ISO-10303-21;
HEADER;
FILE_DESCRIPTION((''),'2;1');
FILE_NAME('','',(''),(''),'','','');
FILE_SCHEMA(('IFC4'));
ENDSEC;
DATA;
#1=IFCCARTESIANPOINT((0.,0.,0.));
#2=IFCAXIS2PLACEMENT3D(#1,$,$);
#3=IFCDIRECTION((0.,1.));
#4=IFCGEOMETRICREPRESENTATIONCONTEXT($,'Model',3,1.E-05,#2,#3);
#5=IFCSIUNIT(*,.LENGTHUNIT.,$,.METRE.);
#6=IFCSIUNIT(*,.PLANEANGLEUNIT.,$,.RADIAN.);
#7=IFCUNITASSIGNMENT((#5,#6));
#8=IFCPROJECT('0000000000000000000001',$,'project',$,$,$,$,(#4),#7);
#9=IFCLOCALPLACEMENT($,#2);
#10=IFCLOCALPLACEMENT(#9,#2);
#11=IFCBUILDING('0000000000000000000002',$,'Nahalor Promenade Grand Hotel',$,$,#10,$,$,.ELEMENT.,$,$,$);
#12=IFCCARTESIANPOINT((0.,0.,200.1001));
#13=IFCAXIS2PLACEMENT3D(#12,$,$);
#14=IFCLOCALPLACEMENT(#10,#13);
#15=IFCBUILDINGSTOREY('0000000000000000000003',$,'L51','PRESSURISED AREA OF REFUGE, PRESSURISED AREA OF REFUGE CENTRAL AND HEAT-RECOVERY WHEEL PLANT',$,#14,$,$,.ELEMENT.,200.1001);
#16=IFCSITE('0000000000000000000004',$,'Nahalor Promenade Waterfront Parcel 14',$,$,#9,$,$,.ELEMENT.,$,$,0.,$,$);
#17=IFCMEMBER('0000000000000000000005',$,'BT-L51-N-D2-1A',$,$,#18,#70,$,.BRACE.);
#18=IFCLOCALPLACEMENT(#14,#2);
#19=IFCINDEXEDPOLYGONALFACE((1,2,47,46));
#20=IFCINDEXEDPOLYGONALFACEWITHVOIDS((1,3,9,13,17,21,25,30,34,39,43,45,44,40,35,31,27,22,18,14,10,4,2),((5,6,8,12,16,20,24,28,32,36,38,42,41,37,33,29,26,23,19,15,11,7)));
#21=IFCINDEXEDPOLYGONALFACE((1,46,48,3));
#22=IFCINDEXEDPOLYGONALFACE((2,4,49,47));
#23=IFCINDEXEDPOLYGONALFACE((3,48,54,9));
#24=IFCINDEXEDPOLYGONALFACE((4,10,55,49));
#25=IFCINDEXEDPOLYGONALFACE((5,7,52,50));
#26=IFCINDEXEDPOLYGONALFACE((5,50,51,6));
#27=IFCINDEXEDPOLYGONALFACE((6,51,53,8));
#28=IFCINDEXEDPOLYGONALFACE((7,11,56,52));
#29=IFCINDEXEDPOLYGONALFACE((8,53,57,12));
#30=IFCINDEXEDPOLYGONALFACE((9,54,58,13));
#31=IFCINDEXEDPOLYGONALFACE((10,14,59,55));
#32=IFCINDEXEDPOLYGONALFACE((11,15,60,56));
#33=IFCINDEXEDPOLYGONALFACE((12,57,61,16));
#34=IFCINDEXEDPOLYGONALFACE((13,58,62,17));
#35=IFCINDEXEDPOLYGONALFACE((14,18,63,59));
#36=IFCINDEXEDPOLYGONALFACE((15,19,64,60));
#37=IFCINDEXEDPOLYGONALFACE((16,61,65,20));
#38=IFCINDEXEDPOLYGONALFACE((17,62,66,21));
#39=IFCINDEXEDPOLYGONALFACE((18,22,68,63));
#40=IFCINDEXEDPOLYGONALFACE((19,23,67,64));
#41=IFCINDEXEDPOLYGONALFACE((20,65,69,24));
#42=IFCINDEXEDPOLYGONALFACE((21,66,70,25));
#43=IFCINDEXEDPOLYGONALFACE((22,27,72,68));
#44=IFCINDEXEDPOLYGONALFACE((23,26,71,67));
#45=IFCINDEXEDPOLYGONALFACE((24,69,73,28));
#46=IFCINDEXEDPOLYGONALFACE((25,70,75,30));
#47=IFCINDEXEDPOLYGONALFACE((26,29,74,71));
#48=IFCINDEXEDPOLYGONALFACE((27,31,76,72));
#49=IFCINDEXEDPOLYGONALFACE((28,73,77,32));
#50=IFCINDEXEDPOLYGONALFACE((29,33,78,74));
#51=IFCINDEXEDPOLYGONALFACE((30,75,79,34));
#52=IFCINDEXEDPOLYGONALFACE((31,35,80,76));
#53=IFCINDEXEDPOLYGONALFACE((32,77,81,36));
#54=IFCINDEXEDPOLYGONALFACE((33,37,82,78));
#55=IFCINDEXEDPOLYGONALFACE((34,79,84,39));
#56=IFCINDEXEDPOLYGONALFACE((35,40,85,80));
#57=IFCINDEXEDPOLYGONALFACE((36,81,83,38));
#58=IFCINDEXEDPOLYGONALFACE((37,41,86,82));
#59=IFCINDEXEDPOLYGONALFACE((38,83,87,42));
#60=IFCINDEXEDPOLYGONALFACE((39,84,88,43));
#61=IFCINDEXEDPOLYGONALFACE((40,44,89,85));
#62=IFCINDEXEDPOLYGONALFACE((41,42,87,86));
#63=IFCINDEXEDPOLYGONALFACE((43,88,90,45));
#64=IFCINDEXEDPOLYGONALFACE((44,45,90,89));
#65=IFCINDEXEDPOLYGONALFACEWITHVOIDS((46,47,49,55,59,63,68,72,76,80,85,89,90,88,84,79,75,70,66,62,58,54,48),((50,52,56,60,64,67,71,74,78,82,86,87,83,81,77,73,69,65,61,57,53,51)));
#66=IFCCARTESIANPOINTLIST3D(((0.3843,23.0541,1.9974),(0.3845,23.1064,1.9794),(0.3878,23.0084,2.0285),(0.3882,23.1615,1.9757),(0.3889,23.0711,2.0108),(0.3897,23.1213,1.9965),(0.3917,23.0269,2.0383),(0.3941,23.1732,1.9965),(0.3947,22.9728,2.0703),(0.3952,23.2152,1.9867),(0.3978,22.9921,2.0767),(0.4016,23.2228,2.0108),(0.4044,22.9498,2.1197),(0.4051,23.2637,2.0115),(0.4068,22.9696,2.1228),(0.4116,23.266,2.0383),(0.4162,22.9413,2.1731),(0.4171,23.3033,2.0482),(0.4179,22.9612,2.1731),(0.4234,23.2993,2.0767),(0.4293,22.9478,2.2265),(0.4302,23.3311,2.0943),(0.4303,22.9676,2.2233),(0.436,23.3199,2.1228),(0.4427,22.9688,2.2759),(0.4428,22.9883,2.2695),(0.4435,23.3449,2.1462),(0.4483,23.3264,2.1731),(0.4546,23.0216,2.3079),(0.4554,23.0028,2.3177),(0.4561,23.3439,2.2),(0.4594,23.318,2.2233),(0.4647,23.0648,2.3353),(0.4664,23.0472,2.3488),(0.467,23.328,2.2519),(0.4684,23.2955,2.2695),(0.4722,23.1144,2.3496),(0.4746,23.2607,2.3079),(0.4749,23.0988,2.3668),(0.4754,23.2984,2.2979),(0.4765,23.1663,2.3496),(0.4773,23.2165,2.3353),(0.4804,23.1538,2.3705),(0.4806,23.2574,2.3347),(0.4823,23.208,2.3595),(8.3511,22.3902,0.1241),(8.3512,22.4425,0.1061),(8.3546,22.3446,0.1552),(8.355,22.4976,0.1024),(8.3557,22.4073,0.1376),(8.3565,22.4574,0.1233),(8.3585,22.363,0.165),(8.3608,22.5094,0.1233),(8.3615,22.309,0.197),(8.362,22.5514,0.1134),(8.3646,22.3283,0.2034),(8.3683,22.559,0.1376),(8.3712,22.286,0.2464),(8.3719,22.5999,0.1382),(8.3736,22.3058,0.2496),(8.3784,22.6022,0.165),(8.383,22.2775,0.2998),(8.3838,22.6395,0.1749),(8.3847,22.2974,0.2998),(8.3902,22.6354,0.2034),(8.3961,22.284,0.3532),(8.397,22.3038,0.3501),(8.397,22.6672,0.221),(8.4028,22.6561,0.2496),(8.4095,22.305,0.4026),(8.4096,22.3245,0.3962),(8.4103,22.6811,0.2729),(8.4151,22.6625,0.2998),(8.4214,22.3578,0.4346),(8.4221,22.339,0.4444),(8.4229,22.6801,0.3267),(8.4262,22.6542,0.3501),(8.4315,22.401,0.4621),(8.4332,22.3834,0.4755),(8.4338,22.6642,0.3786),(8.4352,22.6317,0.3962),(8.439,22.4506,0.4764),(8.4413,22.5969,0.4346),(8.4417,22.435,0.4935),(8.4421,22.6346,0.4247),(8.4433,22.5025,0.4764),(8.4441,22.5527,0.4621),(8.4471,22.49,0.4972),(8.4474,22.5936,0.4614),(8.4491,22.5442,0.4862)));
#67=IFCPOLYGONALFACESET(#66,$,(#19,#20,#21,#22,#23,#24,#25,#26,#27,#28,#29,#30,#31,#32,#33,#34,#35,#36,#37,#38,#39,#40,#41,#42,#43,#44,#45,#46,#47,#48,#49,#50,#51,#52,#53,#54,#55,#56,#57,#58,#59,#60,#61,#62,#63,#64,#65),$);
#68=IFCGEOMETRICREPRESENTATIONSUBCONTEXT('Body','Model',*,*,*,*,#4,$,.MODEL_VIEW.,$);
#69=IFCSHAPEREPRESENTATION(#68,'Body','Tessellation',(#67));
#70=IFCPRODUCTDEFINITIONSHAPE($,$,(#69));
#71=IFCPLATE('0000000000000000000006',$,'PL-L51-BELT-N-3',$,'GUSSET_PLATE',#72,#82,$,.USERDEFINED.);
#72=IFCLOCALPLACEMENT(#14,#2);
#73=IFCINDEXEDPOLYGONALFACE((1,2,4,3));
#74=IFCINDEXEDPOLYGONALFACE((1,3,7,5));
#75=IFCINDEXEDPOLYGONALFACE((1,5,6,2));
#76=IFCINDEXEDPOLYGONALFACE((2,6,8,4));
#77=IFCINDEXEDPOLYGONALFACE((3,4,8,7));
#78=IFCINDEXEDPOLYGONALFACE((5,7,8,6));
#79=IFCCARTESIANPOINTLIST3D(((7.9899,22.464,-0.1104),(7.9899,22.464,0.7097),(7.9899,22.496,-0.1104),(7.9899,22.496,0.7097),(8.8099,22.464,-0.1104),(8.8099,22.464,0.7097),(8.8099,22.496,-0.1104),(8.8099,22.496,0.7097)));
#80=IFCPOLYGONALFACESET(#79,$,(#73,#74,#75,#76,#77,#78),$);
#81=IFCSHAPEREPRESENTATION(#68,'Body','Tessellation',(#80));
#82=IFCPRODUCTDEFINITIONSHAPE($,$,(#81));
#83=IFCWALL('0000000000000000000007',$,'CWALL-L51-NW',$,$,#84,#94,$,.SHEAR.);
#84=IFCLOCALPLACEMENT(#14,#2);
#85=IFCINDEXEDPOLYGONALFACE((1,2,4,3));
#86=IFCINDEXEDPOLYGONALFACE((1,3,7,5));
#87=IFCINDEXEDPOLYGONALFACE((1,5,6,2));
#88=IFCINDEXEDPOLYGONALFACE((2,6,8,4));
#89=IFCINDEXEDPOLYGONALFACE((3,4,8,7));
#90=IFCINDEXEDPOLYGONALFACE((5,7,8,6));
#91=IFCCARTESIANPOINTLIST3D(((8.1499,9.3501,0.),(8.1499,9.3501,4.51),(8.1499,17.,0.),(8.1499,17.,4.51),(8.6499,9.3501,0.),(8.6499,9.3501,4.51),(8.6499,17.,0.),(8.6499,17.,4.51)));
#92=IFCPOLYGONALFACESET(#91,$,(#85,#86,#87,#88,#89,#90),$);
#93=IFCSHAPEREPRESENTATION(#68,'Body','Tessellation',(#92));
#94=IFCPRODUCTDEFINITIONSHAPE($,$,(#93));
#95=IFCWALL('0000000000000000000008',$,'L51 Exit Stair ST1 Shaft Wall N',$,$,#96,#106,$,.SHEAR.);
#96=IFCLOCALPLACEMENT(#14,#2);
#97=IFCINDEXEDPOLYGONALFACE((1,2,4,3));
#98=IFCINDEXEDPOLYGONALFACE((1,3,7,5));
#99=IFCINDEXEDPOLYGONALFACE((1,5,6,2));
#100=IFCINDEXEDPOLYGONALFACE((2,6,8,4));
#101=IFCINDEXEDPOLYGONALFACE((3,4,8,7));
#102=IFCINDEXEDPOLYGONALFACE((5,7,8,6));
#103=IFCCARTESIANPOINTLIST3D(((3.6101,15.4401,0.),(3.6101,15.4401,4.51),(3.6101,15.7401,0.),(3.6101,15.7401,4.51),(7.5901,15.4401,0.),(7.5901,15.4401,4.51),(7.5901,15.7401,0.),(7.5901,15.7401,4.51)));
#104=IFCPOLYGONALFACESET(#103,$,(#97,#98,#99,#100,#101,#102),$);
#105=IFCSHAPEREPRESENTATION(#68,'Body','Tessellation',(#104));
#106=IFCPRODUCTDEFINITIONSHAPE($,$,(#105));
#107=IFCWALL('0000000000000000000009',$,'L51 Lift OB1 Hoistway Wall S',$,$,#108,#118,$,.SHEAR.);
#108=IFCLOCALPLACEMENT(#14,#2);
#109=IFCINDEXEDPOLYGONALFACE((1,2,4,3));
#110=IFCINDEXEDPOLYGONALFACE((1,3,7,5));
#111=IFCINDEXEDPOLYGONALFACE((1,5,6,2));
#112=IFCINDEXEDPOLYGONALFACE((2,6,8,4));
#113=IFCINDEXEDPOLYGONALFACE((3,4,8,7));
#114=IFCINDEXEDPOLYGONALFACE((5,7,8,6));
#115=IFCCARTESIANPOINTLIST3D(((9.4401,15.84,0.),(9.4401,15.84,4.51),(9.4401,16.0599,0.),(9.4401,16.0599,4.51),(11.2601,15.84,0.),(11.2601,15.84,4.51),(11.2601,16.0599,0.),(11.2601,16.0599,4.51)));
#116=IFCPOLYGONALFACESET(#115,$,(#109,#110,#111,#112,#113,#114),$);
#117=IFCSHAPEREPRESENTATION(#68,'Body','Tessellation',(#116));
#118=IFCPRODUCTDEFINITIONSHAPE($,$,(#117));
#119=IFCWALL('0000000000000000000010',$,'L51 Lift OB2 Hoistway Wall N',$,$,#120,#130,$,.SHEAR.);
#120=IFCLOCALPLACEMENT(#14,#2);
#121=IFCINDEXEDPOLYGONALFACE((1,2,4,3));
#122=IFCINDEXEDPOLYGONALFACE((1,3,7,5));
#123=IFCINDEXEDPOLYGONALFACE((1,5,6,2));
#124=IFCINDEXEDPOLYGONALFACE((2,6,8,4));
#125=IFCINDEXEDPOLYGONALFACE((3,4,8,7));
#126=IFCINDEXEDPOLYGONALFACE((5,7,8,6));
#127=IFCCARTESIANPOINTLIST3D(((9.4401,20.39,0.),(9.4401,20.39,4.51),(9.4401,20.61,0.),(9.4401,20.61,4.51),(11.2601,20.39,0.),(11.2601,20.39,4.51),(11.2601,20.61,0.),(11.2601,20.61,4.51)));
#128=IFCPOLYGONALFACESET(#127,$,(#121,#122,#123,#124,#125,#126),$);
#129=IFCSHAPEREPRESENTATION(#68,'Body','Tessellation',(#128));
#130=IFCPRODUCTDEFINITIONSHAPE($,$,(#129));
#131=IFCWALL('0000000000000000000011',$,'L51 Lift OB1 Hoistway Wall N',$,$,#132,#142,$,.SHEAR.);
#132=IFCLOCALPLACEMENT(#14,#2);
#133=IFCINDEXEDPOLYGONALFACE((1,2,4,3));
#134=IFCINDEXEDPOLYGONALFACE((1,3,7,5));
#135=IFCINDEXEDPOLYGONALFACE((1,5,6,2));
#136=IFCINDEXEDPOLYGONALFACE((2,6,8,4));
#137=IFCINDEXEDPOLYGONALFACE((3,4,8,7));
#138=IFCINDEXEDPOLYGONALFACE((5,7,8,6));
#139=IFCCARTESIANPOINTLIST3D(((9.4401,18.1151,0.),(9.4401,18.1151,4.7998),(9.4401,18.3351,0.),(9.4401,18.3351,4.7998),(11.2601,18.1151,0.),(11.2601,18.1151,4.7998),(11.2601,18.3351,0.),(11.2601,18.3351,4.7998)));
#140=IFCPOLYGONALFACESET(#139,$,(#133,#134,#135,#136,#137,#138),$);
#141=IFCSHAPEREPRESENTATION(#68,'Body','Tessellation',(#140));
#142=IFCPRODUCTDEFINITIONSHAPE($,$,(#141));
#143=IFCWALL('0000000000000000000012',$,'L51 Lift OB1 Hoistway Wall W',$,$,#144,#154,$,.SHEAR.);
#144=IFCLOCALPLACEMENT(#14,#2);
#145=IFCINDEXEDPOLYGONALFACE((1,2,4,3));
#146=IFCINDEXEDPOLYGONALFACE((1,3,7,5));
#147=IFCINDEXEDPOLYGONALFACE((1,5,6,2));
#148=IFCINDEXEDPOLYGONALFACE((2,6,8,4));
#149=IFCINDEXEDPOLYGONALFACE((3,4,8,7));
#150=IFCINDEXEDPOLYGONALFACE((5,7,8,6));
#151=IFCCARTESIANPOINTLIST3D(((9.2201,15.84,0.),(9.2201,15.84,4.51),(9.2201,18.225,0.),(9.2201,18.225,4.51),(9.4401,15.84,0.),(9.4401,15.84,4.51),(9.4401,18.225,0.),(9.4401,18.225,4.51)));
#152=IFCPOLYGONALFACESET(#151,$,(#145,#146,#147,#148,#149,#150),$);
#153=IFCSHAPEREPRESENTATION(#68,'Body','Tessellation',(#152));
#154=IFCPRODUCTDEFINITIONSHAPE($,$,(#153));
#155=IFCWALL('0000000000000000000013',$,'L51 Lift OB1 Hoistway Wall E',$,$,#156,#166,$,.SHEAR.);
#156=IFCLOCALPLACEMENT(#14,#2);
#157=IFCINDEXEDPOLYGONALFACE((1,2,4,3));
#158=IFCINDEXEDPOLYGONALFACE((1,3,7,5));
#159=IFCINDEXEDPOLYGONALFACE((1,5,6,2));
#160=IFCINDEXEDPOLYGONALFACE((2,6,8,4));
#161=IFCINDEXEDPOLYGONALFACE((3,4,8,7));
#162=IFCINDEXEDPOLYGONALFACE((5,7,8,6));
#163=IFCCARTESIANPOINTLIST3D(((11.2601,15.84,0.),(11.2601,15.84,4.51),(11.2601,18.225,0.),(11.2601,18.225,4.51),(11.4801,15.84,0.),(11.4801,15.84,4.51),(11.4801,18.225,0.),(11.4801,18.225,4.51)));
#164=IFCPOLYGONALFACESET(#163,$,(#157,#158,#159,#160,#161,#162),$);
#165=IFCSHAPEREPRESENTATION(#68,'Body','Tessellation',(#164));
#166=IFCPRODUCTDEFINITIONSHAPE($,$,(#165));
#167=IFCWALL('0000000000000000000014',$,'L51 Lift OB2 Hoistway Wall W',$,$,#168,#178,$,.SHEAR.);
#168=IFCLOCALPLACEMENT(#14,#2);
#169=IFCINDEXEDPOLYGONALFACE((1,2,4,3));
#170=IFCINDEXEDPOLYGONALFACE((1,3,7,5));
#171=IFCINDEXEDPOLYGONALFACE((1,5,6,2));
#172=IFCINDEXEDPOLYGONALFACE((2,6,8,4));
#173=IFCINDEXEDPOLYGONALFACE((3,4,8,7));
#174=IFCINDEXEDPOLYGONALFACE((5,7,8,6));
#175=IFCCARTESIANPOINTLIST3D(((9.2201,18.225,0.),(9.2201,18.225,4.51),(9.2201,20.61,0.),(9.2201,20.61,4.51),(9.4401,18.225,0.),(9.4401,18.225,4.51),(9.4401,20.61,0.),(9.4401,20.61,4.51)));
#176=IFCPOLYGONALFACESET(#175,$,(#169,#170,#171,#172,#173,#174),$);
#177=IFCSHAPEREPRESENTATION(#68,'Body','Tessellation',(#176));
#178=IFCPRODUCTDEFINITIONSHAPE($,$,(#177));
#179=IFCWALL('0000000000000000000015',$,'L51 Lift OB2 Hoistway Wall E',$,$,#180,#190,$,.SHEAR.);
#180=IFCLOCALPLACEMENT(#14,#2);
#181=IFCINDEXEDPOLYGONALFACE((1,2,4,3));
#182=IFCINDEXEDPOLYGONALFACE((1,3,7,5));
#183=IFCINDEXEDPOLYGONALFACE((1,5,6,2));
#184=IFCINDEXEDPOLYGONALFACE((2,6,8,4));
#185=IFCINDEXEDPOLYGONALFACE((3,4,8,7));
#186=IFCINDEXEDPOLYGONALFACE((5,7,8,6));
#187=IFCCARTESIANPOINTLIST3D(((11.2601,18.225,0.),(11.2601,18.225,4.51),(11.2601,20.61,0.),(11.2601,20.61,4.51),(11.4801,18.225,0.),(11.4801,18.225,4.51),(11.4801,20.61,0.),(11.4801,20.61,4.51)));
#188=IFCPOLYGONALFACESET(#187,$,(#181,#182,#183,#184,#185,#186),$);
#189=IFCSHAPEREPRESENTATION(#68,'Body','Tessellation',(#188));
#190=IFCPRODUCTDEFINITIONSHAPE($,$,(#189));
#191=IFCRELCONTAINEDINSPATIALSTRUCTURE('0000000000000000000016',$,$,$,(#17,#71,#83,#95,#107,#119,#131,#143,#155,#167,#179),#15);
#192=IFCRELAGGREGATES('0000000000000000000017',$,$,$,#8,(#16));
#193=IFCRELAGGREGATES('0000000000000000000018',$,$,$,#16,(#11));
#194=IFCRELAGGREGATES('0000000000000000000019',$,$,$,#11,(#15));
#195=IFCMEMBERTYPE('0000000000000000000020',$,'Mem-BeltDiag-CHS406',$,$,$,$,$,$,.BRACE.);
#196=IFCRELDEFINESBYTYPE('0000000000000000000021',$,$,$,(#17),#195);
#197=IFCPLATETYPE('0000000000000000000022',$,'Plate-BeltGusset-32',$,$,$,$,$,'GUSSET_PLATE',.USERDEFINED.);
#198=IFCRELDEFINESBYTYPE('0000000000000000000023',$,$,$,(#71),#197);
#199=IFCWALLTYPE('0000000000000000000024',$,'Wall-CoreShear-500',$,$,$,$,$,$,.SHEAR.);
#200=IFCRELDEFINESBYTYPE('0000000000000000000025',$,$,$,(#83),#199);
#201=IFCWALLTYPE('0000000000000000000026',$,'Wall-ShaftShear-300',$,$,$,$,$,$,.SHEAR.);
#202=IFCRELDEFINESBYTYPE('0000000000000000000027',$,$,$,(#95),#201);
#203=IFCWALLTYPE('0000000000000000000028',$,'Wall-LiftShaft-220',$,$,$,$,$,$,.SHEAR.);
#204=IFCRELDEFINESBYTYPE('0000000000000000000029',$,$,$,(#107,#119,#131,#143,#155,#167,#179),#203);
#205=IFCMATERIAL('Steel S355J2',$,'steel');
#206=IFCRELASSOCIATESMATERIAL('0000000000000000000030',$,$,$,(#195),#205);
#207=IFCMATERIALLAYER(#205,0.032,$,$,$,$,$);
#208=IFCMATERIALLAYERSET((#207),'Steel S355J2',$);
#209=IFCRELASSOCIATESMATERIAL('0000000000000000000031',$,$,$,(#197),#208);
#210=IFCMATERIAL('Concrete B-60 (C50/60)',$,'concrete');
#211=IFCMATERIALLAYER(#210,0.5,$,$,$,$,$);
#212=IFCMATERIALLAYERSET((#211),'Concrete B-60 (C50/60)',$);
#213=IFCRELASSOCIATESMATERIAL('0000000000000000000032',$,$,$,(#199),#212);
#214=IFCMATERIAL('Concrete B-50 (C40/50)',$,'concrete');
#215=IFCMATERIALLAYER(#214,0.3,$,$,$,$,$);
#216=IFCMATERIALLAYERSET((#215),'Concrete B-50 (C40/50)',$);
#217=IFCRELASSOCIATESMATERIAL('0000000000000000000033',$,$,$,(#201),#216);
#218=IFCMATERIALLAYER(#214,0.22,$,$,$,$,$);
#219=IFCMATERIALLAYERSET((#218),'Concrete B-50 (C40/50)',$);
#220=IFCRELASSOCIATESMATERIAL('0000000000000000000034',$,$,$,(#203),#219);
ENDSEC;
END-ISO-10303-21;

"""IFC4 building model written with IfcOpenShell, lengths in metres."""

from ifc_helpers import new_model, si_unit, direction, frame, frame_2d, origin, origin_2d, place, context, subcontext, project, spatial, rectangle, hollow_circle, extrude, source, transform, mapped, material, layer, layer_set, material_profile, profile_set, type_object, element, save


model = new_model("IFC4")

# Units and contexts
model_context = context("Model", 3, precision=1e-05, world=origin(), true_north=direction((0.0, 1.0)))
body_context = subcontext(model_context, "Body", "Model", "MODEL_VIEW")
ifc_project = project(units=[si_unit("LENGTHUNIT", "METRE"), si_unit("PLANEANGLEUNIT", "RADIAN")], contexts=[model_context])

# Site, building, storey
site_placement = place(None, origin())
site = spatial("IfcSite", under=ifc_project, at=site_placement, Name="Nahalor Promenade Waterfront Parcel 14", CompositionType="ELEMENT", RefElevation=0.0)
building_placement = place(site_placement, origin())
building = spatial("IfcBuilding", under=site, at=building_placement, Name="Nahalor Promenade Grand Hotel", CompositionType="ELEMENT")
storey_placement = place(building_placement, frame((0.0, 0.0, 200.1001)))
storey = spatial("IfcBuildingStorey", under=building, at=storey_placement, Name="L51", Description="PRESSURISED AREA OF REFUGE, PRESSURISED AREA OF REFUGE CENTRAL AND HEAT-RECOVERY WHEEL PLANT", CompositionType="ELEMENT", Elevation=200.1001)

# Shared definitions
ifc_material_1 = material(Name="Concrete B-60 (C50/60)", Category="concrete")
ifc_material_2 = material(Name="Steel S355J2", Category="steel")

# Member
ifc_material_profile_1 = material_profile(ifc_material_2, hollow_circle(Radius=0.2032, WallThickness=0.02, at=origin_2d()), Name="CHS 406.4x20")
ifc_profile_set_1 = profile_set([ifc_material_profile_1], Name="Steel S355J2")
member_type = type_object("IfcMemberType", Name="Mem-BeltDiag-CHS406", PredefinedType="BRACE", material=ifc_profile_set_1)
shared_shape_1 = source(origin(), body_context, "Body", "SweptSolid", [
    extrude(hollow_circle(Radius=0.2032, WallThickness=0.02, at=origin_2d()), origin(), (0.0, 0.0, 1.0), 8.2109),
])
member_1_placement = place(storey_placement, frame((8.3999, 22.48, 0.2998), z_axis=(-0.970265, 0.080845, 0.228145), x_axis=(-0.083035, -0.996547, 0.0)))
element("IfcMember", 1, at=member_1_placement, inside=storey, type_object=member_type, Name="BT-L51-N-D2-1A", PredefinedType="BRACE", context=body_context, shape_type="MappedRepresentation", body=[
    mapped(shared_shape_1, transform((0.0, 0.0, 0.0), scale=1.0)),
])

# Plate
ifc_layer_1 = layer(ifc_material_2, 0.032)
ifc_layer_set_1 = layer_set([ifc_layer_1], Name="Steel S355J2")
plate_type = type_object("IfcPlateType", Name="Plate-BeltGusset-32", ElementType="GUSSET_PLATE", PredefinedType="USERDEFINED", material=ifc_layer_set_1)
shared_shape_2 = source(origin(), body_context, "Body", "SweptSolid", [
    extrude(rectangle(XDim=0.8201, YDim=0.032, at=origin_2d()), origin(), (0.0, 0.0, 1.0), 0.8201),
])
plate_placement = place(storey_placement, frame((8.3999, 22.48, -0.1104), z_axis=(0.0, 0.0, 1.0), x_axis=(1.0, 0.0, 0.0)))
element("IfcPlate", 2, at=plate_placement, inside=storey, type_object=plate_type, Name="PL-L51-BELT-N-3", ObjectType="GUSSET_PLATE", PredefinedType="USERDEFINED", context=body_context, shape_type="MappedRepresentation", body=[
    mapped(shared_shape_2, transform((0.0, 0.0, 0.0), scale=1.0)),
])

# Walls
ifc_layer_2 = layer(ifc_material_1, 0.5)
ifc_layer_set_2 = layer_set([ifc_layer_2], Name="Concrete B-60 (C50/60)")
wall_type_1 = type_object("IfcWallType", Name="Wall-CoreShear-500", PredefinedType="SHEAR", material=ifc_layer_set_2)
shared_shape_3 = source(origin(), body_context, "Body", "SweptSolid", [
    extrude(rectangle(XDim=7.6499, YDim=0.5, at=frame_2d((3.825, 0.0))), origin(), (0.0, 0.0, 1.0), 4.51),
])
wall_1_placement = place(storey_placement, frame((8.3999, 9.3501, 0.0), z_axis=(0.0, 0.0, 1.0), x_axis=(0.0, 1.0, 0.0)))
element("IfcWall", 3, at=wall_1_placement, inside=storey, type_object=wall_type_1, Name="CWALL-L51-NW", PredefinedType="SHEAR", context=body_context, shape_type="MappedRepresentation", body=[
    mapped(shared_shape_3, transform((0.0, 0.0, 0.0), scale=1.0)),
])
ifc_material_3 = material(Name="Concrete B-50 (C40/50)", Category="concrete")
ifc_layer_3 = layer(ifc_material_3, 0.3)
ifc_layer_set_3 = layer_set([ifc_layer_3], Name="Concrete B-50 (C40/50)")
wall_type_2 = type_object("IfcWallType", Name="Wall-ShaftShear-300", PredefinedType="SHEAR", material=ifc_layer_set_3)
shared_shape_4 = source(origin(), body_context, "Body", "SweptSolid", [
    extrude(rectangle(XDim=3.98, YDim=0.3, at=frame_2d((1.99, 0.0))), origin(), (0.0, 0.0, 1.0), 4.51),
])
wall_2_placement = place(storey_placement, frame((3.6101, 15.5901, 0.0), z_axis=(0.0, 0.0, 1.0), x_axis=(1.0, 0.0, 0.0)))
element("IfcWall", 4, at=wall_2_placement, inside=storey, type_object=wall_type_2, Name="L51 Exit Stair ST1 Shaft Wall N", PredefinedType="SHEAR", context=body_context, shape_type="MappedRepresentation", body=[
    mapped(shared_shape_4, transform((0.0, 0.0, 0.0), scale=1.0)),
])
ifc_layer_4 = layer(ifc_material_3, 0.22)
ifc_layer_set_4 = layer_set([ifc_layer_4], Name="Concrete B-50 (C40/50)")
wall_type_3 = type_object("IfcWallType", Name="Wall-LiftShaft-220", PredefinedType="SHEAR", material=ifc_layer_set_4)
shared_shape_5 = source(origin(), body_context, "Body", "SweptSolid", [
    extrude(rectangle(XDim=1.8201, YDim=0.22, at=frame_2d((0.9102, 0.0))), origin(), (0.0, 0.0, 1.0), 4.51),
])
for number, where, z_axis, x_axis, name in (
    (5, (9.4399, 15.95, 0.0), (0.0, 0.0, 1.0), (1.0, 0.0, 0.0), "L51 Lift OB1 Hoistway Wall S"),
    (6, (9.4399, 20.5, 0.0), (0.0, 0.0, 1.0), (1.0, 0.0, 0.0), "L51 Lift OB2 Hoistway Wall N"),
):
    element("IfcWall", number, at=place(storey_placement, frame(where, z_axis=z_axis, x_axis=x_axis)), inside=storey, type_object=wall_type_3, Name=name, PredefinedType="SHEAR", context=body_context, shape_type="MappedRepresentation", body=[
        mapped(shared_shape_5, transform((0.0, 0.0, 0.0), scale=1.0)),
    ])
shared_shape_6 = source(origin(), body_context, "Body", "SweptSolid", [
    extrude(rectangle(XDim=1.8201, YDim=0.22, at=frame_2d((0.9102, 0.0))), origin(), (0.0, 0.0, 1.0), 4.7998),
])
wall_3_placement = place(storey_placement, frame((9.4399, 18.2251, 0.0), z_axis=(0.0, 0.0, 1.0), x_axis=(1.0, 0.0, 0.0)))
element("IfcWall", 7, at=wall_3_placement, inside=storey, type_object=wall_type_3, Name="L51 Lift OB1 Hoistway Wall N", PredefinedType="SHEAR", context=body_context, shape_type="MappedRepresentation", body=[
    mapped(shared_shape_6, transform((0.0, 0.0, 0.0), scale=1.0)),
])
shared_shape_7 = source(origin(), body_context, "Body", "SweptSolid", [
    extrude(rectangle(XDim=2.385, YDim=0.22, at=frame_2d((1.1924, 0.0))), origin(), (0.0, 0.0, 1.0), 4.51),
])
for number, where, z_axis, x_axis, name in (
    (8, (9.3301, 15.8401, 0.0), (0.0, 0.0, 1.0), (0.0, 1.0, 0.0), "L51 Lift OB1 Hoistway Wall W"),
    (9, (11.3701, 15.8401, 0.0), (0.0, 0.0, 1.0), (0.0, 1.0, 0.0), "L51 Lift OB1 Hoistway Wall E"),
    (10, (9.3301, 18.2251, 0.0), (0.0, 0.0, 1.0), (0.0, 1.0, 0.0), "L51 Lift OB2 Hoistway Wall W"),
    (11, (11.3701, 18.2251, 0.0), (0.0, 0.0, 1.0), (0.0, 1.0, 0.0), "L51 Lift OB2 Hoistway Wall E"),
):
    element("IfcWall", number, at=place(storey_placement, frame(where, z_axis=z_axis, x_axis=x_axis)), inside=storey, type_object=wall_type_3, Name=name, PredefinedType="SHEAR", context=body_context, shape_type="MappedRepresentation", body=[
        mapped(shared_shape_7, transform((0.0, 0.0, 0.0), scale=1.0)),
    ])

save(model, "model.ifc")
